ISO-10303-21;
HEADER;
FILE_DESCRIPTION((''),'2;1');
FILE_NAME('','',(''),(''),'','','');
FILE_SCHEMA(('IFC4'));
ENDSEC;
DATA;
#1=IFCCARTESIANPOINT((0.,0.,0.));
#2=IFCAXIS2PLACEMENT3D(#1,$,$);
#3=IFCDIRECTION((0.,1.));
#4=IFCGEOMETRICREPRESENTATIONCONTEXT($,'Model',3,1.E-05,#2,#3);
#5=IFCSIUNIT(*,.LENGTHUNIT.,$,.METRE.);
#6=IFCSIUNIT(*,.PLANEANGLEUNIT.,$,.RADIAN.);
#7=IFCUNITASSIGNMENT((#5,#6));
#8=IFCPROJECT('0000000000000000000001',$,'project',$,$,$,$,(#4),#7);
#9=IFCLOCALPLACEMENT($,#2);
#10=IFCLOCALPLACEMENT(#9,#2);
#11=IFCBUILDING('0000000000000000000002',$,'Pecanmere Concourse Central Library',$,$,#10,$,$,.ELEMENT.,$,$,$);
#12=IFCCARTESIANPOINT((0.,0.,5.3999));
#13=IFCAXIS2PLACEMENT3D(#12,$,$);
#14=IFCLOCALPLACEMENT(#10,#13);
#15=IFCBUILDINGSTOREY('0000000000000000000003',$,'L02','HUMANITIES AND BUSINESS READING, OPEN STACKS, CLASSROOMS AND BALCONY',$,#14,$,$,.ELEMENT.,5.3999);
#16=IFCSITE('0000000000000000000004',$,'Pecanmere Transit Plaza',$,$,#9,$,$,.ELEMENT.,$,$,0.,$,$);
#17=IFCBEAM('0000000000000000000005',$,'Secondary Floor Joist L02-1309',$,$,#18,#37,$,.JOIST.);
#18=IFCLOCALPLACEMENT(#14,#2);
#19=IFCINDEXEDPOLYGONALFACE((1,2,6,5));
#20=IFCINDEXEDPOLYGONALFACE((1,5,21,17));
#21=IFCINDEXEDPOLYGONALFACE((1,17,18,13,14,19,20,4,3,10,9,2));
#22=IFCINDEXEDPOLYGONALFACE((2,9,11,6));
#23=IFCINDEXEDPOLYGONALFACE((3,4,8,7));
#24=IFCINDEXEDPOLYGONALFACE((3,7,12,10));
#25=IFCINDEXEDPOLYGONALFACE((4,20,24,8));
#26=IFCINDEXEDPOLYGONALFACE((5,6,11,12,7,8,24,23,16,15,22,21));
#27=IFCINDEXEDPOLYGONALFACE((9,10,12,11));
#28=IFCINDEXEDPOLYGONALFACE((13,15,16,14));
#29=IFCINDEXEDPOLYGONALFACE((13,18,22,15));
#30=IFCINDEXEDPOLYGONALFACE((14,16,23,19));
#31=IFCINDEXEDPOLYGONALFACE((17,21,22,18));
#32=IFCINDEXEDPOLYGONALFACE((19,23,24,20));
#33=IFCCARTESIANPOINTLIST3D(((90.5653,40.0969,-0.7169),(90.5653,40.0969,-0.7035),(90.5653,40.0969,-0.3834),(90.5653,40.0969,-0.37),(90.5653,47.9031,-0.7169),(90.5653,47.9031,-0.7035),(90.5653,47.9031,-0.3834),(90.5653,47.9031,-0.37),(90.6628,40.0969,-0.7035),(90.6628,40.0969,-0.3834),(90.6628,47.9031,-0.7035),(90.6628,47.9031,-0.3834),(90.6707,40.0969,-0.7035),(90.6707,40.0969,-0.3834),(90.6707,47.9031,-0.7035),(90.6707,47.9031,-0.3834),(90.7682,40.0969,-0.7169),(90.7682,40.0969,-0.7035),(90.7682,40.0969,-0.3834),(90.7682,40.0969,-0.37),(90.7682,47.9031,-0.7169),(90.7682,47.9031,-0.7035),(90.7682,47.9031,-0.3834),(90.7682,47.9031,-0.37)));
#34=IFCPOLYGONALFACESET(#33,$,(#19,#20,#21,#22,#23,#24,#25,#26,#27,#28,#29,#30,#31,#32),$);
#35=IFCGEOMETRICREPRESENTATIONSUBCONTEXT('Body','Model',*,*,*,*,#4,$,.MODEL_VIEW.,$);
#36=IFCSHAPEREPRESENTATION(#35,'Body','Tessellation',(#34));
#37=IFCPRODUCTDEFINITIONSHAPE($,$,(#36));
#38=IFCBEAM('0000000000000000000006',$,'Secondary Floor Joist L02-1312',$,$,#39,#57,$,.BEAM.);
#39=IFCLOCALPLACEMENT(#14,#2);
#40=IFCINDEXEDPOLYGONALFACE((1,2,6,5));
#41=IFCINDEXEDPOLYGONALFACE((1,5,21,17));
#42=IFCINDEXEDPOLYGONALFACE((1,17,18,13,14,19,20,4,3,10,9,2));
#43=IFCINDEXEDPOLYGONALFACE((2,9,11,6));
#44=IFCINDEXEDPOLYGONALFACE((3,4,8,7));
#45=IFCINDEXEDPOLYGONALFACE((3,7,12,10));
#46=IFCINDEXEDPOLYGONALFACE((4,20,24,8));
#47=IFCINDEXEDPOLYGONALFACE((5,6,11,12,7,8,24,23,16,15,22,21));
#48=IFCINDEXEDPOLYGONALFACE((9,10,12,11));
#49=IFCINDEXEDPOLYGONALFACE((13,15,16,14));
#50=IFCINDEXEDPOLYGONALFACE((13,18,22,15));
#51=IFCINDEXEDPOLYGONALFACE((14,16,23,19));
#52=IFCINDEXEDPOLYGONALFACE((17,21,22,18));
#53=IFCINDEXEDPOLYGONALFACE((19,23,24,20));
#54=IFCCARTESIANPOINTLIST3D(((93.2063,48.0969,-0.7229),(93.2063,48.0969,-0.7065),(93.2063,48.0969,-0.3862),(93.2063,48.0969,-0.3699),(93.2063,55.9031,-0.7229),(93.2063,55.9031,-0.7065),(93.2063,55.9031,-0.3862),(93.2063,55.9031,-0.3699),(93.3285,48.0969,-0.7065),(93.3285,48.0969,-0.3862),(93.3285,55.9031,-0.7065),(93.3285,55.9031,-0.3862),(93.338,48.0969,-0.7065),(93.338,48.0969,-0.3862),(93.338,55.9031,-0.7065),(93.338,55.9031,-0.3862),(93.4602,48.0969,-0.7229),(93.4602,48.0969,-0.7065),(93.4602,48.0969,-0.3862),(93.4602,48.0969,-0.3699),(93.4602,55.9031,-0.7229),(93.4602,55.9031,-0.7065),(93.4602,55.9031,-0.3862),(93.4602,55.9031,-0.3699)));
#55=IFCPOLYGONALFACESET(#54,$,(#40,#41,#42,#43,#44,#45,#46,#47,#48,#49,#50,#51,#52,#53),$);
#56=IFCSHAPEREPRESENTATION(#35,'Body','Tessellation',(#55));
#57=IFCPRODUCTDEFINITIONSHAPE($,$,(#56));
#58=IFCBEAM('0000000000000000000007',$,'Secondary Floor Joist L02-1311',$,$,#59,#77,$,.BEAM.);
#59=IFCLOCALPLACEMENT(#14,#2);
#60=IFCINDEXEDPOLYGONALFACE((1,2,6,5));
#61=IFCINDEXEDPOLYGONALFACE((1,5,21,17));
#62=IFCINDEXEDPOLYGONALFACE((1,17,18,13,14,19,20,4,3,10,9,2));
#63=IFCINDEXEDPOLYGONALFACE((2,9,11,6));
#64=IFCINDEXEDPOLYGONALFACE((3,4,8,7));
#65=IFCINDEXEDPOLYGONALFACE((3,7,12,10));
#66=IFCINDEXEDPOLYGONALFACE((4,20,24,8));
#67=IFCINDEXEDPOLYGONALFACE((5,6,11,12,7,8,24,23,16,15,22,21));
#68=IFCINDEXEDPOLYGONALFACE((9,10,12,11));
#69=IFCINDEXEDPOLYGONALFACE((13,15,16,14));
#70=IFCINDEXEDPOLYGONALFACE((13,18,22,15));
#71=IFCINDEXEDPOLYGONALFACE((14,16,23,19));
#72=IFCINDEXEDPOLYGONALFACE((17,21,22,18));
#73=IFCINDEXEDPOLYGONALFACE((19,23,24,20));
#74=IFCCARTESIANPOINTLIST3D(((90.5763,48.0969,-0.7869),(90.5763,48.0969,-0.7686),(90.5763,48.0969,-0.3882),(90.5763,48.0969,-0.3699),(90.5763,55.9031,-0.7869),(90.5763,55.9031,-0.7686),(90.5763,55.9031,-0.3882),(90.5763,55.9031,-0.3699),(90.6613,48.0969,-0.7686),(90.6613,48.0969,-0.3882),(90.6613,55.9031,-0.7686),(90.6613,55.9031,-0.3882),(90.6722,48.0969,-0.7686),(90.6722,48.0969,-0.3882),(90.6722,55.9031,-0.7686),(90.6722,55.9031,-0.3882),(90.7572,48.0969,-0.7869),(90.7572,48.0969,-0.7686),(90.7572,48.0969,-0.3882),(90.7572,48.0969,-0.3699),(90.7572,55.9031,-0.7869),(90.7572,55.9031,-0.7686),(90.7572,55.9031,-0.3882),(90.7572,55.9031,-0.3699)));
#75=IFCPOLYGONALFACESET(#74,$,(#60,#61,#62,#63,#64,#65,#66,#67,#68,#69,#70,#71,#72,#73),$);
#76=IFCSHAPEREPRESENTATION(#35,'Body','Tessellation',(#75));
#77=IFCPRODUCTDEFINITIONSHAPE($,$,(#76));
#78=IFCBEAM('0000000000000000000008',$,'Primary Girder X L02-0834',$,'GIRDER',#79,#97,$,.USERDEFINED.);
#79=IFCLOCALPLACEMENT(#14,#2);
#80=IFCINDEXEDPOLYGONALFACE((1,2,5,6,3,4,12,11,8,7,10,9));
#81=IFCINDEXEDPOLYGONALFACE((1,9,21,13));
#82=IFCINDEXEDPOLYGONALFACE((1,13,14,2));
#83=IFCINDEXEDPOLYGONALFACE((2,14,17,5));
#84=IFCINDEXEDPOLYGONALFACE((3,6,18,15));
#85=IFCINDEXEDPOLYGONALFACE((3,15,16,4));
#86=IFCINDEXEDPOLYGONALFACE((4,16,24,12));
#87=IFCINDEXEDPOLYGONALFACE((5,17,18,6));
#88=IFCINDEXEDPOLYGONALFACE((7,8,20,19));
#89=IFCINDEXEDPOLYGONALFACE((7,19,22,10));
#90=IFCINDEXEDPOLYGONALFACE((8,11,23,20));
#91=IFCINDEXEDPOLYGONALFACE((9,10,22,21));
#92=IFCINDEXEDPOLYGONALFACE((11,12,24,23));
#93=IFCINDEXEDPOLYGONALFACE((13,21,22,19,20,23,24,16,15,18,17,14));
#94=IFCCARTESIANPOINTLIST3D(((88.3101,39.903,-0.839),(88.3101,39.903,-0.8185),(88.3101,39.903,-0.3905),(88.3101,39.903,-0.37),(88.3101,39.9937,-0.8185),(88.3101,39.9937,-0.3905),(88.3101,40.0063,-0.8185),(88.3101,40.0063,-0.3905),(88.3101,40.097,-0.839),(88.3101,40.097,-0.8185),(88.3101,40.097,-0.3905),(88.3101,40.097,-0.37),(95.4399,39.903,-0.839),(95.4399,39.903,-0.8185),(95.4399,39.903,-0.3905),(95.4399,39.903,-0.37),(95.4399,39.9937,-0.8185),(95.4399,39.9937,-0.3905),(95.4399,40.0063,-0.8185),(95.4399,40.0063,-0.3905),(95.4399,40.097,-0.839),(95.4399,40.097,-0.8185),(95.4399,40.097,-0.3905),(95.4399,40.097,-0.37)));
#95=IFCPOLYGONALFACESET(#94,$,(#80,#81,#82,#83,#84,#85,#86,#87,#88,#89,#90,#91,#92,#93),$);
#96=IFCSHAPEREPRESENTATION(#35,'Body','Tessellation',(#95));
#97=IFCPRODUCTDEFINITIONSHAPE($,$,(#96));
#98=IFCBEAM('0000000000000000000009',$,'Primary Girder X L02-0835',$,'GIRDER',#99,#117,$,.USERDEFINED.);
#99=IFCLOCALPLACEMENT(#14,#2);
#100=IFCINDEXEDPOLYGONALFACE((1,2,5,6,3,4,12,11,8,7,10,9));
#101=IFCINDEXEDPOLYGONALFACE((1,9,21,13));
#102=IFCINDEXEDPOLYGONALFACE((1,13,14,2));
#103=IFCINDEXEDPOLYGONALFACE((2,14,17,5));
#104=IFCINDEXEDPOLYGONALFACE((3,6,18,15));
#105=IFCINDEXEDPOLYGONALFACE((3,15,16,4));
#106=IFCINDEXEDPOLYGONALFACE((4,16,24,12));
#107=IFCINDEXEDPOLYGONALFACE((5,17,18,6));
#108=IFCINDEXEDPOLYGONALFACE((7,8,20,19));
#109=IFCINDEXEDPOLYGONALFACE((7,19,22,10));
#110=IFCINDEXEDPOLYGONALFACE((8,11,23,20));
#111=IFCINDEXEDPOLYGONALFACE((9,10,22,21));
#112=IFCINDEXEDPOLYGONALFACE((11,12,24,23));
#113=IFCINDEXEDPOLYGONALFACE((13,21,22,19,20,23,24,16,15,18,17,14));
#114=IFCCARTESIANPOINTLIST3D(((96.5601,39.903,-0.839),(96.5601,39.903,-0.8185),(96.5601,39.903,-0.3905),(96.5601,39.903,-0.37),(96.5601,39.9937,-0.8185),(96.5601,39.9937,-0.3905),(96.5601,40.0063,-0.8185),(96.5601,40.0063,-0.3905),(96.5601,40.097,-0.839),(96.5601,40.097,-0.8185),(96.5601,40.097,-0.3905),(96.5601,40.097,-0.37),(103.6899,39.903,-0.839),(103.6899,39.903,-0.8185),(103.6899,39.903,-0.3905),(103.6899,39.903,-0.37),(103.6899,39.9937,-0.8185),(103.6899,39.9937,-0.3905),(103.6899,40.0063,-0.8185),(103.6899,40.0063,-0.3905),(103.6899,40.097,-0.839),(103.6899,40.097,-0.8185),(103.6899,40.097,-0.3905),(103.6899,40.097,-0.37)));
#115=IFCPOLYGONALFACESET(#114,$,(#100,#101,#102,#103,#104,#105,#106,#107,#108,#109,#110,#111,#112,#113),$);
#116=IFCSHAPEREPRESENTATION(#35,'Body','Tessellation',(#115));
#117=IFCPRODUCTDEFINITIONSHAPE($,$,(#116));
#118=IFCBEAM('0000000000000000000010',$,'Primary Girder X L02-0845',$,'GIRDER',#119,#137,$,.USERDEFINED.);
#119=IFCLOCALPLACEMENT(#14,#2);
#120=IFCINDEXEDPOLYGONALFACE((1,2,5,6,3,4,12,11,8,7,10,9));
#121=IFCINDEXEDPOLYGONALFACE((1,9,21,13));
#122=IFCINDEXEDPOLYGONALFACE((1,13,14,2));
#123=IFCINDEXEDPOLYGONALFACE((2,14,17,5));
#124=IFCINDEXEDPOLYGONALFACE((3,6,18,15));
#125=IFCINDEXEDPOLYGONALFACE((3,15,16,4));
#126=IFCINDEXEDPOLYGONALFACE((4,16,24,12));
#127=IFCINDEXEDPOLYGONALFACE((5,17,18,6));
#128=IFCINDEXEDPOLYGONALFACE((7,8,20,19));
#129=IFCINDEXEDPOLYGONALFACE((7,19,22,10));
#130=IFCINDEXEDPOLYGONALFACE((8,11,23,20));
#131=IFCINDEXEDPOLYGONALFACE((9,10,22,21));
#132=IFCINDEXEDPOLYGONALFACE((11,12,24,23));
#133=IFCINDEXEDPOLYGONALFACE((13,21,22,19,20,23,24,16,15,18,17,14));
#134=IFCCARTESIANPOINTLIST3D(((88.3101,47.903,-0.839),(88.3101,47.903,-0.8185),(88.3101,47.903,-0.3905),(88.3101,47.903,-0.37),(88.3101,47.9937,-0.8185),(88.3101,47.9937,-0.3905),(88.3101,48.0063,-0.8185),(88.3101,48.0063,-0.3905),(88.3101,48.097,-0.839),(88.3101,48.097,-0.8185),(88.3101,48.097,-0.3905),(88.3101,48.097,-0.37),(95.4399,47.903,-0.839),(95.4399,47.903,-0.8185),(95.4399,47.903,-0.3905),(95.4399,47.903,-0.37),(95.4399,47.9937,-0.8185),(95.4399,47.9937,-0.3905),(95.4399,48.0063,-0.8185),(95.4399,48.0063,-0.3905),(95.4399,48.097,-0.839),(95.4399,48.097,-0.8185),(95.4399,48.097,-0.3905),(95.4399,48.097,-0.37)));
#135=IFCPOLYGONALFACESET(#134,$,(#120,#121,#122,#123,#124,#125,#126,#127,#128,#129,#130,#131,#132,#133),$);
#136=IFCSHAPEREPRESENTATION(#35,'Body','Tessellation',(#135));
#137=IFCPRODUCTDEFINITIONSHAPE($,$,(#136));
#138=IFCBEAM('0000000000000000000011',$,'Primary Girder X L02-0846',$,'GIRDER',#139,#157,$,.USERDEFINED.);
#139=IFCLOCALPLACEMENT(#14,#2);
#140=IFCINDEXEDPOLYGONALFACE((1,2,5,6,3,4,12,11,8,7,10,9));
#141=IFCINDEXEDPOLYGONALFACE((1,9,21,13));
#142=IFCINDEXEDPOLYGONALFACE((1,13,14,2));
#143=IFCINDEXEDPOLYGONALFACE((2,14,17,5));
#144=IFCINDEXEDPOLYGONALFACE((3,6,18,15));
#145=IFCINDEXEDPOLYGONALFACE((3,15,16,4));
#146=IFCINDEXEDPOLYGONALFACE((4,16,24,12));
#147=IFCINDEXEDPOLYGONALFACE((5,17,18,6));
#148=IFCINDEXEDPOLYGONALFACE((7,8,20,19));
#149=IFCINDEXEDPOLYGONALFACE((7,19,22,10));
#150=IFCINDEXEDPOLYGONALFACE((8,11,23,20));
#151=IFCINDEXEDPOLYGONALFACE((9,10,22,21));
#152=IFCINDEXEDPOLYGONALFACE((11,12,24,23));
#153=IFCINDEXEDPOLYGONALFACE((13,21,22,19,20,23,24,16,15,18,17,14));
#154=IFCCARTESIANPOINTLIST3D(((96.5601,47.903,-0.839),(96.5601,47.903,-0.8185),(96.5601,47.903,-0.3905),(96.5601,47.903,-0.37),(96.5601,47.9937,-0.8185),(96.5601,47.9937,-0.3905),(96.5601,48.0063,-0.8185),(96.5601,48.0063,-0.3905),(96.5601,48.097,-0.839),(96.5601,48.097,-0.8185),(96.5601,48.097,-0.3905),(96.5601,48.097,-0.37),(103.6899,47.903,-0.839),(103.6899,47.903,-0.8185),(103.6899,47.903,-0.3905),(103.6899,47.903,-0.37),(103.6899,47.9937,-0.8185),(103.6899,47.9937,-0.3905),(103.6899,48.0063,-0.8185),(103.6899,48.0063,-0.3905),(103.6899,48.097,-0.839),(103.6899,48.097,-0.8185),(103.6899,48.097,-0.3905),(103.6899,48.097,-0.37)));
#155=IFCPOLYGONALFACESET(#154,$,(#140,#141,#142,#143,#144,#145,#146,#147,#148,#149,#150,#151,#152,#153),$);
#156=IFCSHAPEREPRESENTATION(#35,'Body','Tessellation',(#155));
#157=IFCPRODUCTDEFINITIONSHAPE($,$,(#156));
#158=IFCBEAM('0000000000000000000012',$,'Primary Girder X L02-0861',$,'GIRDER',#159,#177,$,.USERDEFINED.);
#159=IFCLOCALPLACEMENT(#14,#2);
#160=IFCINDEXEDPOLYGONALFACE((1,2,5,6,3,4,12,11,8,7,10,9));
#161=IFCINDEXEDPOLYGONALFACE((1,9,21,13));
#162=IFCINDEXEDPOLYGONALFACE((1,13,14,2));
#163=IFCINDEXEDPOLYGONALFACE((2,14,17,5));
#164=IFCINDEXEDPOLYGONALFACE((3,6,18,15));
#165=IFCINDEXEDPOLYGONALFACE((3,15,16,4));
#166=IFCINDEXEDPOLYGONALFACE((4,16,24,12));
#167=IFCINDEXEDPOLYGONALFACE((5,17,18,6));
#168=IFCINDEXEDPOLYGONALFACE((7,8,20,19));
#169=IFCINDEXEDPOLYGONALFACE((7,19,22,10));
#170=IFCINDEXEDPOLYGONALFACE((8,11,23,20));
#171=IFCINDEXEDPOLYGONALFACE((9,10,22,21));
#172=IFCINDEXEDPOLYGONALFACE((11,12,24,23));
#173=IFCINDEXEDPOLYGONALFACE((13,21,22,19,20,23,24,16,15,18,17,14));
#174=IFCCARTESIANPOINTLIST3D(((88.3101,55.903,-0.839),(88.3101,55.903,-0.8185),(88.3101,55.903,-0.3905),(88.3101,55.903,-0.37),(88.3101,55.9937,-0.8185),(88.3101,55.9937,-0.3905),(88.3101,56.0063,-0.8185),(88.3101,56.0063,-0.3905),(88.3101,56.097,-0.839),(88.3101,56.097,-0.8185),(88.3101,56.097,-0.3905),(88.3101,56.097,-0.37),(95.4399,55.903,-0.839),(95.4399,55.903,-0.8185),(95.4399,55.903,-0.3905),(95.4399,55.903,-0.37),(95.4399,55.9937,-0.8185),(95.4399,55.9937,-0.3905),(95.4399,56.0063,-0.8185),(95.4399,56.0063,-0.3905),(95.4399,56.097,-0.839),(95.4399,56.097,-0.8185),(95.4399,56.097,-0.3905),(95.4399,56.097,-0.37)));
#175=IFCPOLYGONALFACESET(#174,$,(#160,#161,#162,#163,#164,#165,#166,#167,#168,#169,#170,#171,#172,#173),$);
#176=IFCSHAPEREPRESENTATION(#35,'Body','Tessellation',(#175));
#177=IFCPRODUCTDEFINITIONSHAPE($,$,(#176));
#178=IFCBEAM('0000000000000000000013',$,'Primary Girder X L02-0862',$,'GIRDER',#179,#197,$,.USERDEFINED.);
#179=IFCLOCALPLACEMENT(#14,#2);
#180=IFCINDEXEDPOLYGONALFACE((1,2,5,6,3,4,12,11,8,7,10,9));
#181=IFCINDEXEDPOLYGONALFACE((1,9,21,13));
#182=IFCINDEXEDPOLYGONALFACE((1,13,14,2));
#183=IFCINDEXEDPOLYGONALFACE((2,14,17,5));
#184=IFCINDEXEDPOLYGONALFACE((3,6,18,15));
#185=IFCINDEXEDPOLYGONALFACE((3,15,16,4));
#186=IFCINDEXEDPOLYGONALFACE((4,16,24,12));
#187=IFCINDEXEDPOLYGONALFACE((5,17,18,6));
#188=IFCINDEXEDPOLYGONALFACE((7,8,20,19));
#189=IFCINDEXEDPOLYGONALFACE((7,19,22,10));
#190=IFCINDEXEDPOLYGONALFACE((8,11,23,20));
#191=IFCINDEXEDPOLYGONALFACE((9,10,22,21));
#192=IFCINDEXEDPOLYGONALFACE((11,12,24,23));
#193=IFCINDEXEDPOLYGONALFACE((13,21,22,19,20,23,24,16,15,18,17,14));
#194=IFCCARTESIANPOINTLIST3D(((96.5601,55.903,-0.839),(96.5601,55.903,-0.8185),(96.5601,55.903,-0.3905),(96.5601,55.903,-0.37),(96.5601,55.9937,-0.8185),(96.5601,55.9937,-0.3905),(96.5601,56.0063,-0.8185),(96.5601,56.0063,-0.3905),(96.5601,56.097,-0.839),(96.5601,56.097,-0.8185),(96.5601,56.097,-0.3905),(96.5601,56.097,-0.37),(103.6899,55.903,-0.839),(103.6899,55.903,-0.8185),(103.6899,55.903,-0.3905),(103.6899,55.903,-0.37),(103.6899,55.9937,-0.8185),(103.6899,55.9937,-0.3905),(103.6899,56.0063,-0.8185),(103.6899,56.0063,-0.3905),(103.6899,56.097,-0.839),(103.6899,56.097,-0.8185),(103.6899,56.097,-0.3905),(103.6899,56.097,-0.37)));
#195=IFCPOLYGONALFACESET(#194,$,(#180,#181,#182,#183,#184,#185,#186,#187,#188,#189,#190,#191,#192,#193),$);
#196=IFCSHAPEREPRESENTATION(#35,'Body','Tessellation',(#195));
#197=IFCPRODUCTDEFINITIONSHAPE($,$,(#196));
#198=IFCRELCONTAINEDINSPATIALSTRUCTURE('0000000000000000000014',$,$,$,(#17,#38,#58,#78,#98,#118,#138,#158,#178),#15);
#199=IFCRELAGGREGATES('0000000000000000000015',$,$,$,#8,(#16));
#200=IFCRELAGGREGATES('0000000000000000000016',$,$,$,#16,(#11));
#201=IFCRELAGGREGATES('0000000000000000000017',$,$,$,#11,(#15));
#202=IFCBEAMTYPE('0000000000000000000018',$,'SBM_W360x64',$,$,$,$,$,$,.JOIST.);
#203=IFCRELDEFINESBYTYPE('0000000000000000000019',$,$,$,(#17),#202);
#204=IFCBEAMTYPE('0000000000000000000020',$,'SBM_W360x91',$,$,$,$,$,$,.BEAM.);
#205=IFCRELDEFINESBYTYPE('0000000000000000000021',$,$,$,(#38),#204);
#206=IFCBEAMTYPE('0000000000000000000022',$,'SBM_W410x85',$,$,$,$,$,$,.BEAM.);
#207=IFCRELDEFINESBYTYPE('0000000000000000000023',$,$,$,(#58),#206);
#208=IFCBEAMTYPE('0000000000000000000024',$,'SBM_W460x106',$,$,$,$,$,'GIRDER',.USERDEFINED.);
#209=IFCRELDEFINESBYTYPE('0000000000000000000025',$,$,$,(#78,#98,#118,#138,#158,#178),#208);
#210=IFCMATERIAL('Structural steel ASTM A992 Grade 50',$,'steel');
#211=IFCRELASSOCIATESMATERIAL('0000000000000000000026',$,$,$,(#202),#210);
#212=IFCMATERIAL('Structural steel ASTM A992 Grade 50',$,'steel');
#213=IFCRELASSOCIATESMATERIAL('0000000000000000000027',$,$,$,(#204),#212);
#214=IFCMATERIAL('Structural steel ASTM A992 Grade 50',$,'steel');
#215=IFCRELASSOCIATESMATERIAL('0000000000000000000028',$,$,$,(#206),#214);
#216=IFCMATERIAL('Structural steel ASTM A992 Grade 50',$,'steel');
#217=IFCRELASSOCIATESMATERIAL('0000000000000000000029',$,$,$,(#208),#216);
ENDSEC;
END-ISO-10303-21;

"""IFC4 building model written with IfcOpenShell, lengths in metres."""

from ifc_helpers import new_model, si_unit, direction, frame, origin, origin_2d, place, context, subcontext, project, spatial, i_section, extrude, material, material_profile, profile_set, type_object, element, save


model = new_model("IFC4")

# Units and contexts
model_context = context("Model", 3, precision=1e-05, world=origin(), true_north=direction((0.0, 1.0)))
body_context = subcontext(model_context, "Body", "Model", "MODEL_VIEW")
ifc_project = project(units=[si_unit("LENGTHUNIT", "METRE"), si_unit("PLANEANGLEUNIT", "RADIAN")], contexts=[model_context])

# Site, building, storey
site_placement = place(None, origin())
site = spatial("IfcSite", under=ifc_project, at=site_placement, Name="Pecanmere Transit Plaza", CompositionType="ELEMENT", RefElevation=0.0)
building_placement = place(site_placement, origin())
building = spatial("IfcBuilding", under=site, at=building_placement, Name="Pecanmere Concourse Central Library", CompositionType="ELEMENT")
storey_placement = place(building_placement, frame((0.0, 0.0, 5.3999)))
storey = spatial("IfcBuildingStorey", under=building, at=storey_placement, Name="L02", Description="HUMANITIES AND BUSINESS READING, OPEN STACKS, CLASSROOMS AND BALCONY", CompositionType="ELEMENT", Elevation=5.3999)

# Beams
ifc_material_1 = material(Name="Structural steel ASTM A992 Grade 50", Category="steel")
ifc_material_profile_1 = material_profile(ifc_material_1, i_section(OverallWidth=0.2029, OverallDepth=0.3469, WebThickness=0.0078, FlangeThickness=0.0134, at=origin_2d()), Name="W360x64")
ifc_profile_set_1 = profile_set([ifc_material_profile_1], Name="Structural steel ASTM A992 Grade 50")
beam_type_1 = type_object("IfcBeamType", Name="SBM_W360x64", PredefinedType="JOIST", material=ifc_profile_set_1)
beam_1_placement = place(storey_placement, frame((90.6667, 40.0969, -0.5435), z_axis=(0.0, 1.0, 0.0), x_axis=(-1.0, 0.0, 0.0)))
element("IfcBeam", 1, at=beam_1_placement, inside=storey, type_object=beam_type_1, Name="Secondary Floor Joist L02-1309", PredefinedType="JOIST", context=body_context, shape_type="SweptSolid", body=[
    extrude(i_section(OverallWidth=0.2029, OverallDepth=0.3469, WebThickness=0.0078, FlangeThickness=0.0134, at=origin_2d()), origin(), (0.0, 0.0, 1.0), 7.8062),
])
ifc_material_2 = material(Name="Structural steel ASTM A992 Grade 50", Category="steel")
ifc_material_profile_2 = material_profile(ifc_material_2, i_section(OverallWidth=0.2539, OverallDepth=0.353, WebThickness=0.0095, FlangeThickness=0.0164, at=origin_2d()), Name="W360x91")
ifc_profile_set_2 = profile_set([ifc_material_profile_2], Name="Structural steel ASTM A992 Grade 50")
beam_type_2 = type_object("IfcBeamType", Name="SBM_W360x91", PredefinedType="BEAM", material=ifc_profile_set_2)
beam_2_placement = place(storey_placement, frame((93.3333, 48.0969, -0.5464), z_axis=(0.0, 1.0, 0.0), x_axis=(-1.0, 0.0, 0.0)))
element("IfcBeam", 2, at=beam_2_placement, inside=storey, type_object=beam_type_2, Name="Secondary Floor Joist L02-1312", PredefinedType="BEAM", context=body_context, shape_type="SweptSolid", body=[
    extrude(i_section(OverallWidth=0.2539, OverallDepth=0.353, WebThickness=0.0095, FlangeThickness=0.0164, at=origin_2d()), origin(), (0.0, 0.0, 1.0), 7.8062),
])
ifc_material_3 = material(Name="Structural steel ASTM A992 Grade 50", Category="steel")
ifc_material_profile_3 = material_profile(ifc_material_3, i_section(OverallWidth=0.1809, OverallDepth=0.417, WebThickness=0.011, FlangeThickness=0.0183, at=origin_2d()), Name="W410x85")
ifc_profile_set_3 = profile_set([ifc_material_profile_3], Name="Structural steel ASTM A992 Grade 50")
beam_type_3 = type_object("IfcBeamType", Name="SBM_W410x85", PredefinedType="BEAM", material=ifc_profile_set_3)
beam_3_placement = place(storey_placement, frame((90.6667, 48.0969, -0.5784), z_axis=(0.0, 1.0, 0.0), x_axis=(-1.0, 0.0, 0.0)))
element("IfcBeam", 3, at=beam_3_placement, inside=storey, type_object=beam_type_3, Name="Secondary Floor Joist L02-1311", PredefinedType="BEAM", context=body_context, shape_type="SweptSolid", body=[
    extrude(i_section(OverallWidth=0.1809, OverallDepth=0.417, WebThickness=0.011, FlangeThickness=0.0183, at=origin_2d()), origin(), (0.0, 0.0, 1.0), 7.8062),
])
ifc_material_4 = material(Name="Structural steel ASTM A992 Grade 50", Category="steel")
ifc_material_profile_4 = material_profile(ifc_material_4, i_section(OverallWidth=0.1941, OverallDepth=0.469, WebThickness=0.0127, FlangeThickness=0.0205, at=origin_2d()), Name="W460x106")
ifc_profile_set_4 = profile_set([ifc_material_profile_4], Name="Structural steel ASTM A992 Grade 50")
beam_type_4 = type_object("IfcBeamType", Name="SBM_W460x106", ElementType="GIRDER", PredefinedType="USERDEFINED", material=ifc_profile_set_4)
for number, where, z_axis, x_axis, name in (
    (4, (88.3101, 40.0, -0.6045), (1.0, 0.0, 0.0), (0.0, 1.0, 0.0), "Primary Girder X L02-0834"),
    (5, (96.5601, 40.0, -0.6045), (1.0, 0.0, 0.0), (0.0, 1.0, 0.0), "Primary Girder X L02-0835"),
    (6, (88.3101, 48.0, -0.6045), (1.0, 0.0, 0.0), (0.0, 1.0, 0.0), "Primary Girder X L02-0845"),
    (7, (96.5601, 48.0, -0.6045), (1.0, 0.0, 0.0), (0.0, 1.0, 0.0), "Primary Girder X L02-0846"),
    (8, (88.3101, 56.0, -0.6045), (1.0, 0.0, 0.0), (0.0, 1.0, 0.0), "Primary Girder X L02-0861"),
    (9, (96.5601, 56.0, -0.6045), (1.0, 0.0, 0.0), (0.0, 1.0, 0.0), "Primary Girder X L02-0862"),
):
    element("IfcBeam", number, at=place(storey_placement, frame(where, z_axis=z_axis, x_axis=x_axis)), inside=storey, type_object=beam_type_4, Name=name, ObjectType="GIRDER", PredefinedType="USERDEFINED", context=body_context, shape_type="SweptSolid", body=[
        extrude(i_section(OverallWidth=0.1941, OverallDepth=0.469, WebThickness=0.0127, FlangeThickness=0.0205, at=origin_2d()), origin(), (0.0, 0.0, 1.0), 7.1299),
    ])

save(model, "model.ifc")
